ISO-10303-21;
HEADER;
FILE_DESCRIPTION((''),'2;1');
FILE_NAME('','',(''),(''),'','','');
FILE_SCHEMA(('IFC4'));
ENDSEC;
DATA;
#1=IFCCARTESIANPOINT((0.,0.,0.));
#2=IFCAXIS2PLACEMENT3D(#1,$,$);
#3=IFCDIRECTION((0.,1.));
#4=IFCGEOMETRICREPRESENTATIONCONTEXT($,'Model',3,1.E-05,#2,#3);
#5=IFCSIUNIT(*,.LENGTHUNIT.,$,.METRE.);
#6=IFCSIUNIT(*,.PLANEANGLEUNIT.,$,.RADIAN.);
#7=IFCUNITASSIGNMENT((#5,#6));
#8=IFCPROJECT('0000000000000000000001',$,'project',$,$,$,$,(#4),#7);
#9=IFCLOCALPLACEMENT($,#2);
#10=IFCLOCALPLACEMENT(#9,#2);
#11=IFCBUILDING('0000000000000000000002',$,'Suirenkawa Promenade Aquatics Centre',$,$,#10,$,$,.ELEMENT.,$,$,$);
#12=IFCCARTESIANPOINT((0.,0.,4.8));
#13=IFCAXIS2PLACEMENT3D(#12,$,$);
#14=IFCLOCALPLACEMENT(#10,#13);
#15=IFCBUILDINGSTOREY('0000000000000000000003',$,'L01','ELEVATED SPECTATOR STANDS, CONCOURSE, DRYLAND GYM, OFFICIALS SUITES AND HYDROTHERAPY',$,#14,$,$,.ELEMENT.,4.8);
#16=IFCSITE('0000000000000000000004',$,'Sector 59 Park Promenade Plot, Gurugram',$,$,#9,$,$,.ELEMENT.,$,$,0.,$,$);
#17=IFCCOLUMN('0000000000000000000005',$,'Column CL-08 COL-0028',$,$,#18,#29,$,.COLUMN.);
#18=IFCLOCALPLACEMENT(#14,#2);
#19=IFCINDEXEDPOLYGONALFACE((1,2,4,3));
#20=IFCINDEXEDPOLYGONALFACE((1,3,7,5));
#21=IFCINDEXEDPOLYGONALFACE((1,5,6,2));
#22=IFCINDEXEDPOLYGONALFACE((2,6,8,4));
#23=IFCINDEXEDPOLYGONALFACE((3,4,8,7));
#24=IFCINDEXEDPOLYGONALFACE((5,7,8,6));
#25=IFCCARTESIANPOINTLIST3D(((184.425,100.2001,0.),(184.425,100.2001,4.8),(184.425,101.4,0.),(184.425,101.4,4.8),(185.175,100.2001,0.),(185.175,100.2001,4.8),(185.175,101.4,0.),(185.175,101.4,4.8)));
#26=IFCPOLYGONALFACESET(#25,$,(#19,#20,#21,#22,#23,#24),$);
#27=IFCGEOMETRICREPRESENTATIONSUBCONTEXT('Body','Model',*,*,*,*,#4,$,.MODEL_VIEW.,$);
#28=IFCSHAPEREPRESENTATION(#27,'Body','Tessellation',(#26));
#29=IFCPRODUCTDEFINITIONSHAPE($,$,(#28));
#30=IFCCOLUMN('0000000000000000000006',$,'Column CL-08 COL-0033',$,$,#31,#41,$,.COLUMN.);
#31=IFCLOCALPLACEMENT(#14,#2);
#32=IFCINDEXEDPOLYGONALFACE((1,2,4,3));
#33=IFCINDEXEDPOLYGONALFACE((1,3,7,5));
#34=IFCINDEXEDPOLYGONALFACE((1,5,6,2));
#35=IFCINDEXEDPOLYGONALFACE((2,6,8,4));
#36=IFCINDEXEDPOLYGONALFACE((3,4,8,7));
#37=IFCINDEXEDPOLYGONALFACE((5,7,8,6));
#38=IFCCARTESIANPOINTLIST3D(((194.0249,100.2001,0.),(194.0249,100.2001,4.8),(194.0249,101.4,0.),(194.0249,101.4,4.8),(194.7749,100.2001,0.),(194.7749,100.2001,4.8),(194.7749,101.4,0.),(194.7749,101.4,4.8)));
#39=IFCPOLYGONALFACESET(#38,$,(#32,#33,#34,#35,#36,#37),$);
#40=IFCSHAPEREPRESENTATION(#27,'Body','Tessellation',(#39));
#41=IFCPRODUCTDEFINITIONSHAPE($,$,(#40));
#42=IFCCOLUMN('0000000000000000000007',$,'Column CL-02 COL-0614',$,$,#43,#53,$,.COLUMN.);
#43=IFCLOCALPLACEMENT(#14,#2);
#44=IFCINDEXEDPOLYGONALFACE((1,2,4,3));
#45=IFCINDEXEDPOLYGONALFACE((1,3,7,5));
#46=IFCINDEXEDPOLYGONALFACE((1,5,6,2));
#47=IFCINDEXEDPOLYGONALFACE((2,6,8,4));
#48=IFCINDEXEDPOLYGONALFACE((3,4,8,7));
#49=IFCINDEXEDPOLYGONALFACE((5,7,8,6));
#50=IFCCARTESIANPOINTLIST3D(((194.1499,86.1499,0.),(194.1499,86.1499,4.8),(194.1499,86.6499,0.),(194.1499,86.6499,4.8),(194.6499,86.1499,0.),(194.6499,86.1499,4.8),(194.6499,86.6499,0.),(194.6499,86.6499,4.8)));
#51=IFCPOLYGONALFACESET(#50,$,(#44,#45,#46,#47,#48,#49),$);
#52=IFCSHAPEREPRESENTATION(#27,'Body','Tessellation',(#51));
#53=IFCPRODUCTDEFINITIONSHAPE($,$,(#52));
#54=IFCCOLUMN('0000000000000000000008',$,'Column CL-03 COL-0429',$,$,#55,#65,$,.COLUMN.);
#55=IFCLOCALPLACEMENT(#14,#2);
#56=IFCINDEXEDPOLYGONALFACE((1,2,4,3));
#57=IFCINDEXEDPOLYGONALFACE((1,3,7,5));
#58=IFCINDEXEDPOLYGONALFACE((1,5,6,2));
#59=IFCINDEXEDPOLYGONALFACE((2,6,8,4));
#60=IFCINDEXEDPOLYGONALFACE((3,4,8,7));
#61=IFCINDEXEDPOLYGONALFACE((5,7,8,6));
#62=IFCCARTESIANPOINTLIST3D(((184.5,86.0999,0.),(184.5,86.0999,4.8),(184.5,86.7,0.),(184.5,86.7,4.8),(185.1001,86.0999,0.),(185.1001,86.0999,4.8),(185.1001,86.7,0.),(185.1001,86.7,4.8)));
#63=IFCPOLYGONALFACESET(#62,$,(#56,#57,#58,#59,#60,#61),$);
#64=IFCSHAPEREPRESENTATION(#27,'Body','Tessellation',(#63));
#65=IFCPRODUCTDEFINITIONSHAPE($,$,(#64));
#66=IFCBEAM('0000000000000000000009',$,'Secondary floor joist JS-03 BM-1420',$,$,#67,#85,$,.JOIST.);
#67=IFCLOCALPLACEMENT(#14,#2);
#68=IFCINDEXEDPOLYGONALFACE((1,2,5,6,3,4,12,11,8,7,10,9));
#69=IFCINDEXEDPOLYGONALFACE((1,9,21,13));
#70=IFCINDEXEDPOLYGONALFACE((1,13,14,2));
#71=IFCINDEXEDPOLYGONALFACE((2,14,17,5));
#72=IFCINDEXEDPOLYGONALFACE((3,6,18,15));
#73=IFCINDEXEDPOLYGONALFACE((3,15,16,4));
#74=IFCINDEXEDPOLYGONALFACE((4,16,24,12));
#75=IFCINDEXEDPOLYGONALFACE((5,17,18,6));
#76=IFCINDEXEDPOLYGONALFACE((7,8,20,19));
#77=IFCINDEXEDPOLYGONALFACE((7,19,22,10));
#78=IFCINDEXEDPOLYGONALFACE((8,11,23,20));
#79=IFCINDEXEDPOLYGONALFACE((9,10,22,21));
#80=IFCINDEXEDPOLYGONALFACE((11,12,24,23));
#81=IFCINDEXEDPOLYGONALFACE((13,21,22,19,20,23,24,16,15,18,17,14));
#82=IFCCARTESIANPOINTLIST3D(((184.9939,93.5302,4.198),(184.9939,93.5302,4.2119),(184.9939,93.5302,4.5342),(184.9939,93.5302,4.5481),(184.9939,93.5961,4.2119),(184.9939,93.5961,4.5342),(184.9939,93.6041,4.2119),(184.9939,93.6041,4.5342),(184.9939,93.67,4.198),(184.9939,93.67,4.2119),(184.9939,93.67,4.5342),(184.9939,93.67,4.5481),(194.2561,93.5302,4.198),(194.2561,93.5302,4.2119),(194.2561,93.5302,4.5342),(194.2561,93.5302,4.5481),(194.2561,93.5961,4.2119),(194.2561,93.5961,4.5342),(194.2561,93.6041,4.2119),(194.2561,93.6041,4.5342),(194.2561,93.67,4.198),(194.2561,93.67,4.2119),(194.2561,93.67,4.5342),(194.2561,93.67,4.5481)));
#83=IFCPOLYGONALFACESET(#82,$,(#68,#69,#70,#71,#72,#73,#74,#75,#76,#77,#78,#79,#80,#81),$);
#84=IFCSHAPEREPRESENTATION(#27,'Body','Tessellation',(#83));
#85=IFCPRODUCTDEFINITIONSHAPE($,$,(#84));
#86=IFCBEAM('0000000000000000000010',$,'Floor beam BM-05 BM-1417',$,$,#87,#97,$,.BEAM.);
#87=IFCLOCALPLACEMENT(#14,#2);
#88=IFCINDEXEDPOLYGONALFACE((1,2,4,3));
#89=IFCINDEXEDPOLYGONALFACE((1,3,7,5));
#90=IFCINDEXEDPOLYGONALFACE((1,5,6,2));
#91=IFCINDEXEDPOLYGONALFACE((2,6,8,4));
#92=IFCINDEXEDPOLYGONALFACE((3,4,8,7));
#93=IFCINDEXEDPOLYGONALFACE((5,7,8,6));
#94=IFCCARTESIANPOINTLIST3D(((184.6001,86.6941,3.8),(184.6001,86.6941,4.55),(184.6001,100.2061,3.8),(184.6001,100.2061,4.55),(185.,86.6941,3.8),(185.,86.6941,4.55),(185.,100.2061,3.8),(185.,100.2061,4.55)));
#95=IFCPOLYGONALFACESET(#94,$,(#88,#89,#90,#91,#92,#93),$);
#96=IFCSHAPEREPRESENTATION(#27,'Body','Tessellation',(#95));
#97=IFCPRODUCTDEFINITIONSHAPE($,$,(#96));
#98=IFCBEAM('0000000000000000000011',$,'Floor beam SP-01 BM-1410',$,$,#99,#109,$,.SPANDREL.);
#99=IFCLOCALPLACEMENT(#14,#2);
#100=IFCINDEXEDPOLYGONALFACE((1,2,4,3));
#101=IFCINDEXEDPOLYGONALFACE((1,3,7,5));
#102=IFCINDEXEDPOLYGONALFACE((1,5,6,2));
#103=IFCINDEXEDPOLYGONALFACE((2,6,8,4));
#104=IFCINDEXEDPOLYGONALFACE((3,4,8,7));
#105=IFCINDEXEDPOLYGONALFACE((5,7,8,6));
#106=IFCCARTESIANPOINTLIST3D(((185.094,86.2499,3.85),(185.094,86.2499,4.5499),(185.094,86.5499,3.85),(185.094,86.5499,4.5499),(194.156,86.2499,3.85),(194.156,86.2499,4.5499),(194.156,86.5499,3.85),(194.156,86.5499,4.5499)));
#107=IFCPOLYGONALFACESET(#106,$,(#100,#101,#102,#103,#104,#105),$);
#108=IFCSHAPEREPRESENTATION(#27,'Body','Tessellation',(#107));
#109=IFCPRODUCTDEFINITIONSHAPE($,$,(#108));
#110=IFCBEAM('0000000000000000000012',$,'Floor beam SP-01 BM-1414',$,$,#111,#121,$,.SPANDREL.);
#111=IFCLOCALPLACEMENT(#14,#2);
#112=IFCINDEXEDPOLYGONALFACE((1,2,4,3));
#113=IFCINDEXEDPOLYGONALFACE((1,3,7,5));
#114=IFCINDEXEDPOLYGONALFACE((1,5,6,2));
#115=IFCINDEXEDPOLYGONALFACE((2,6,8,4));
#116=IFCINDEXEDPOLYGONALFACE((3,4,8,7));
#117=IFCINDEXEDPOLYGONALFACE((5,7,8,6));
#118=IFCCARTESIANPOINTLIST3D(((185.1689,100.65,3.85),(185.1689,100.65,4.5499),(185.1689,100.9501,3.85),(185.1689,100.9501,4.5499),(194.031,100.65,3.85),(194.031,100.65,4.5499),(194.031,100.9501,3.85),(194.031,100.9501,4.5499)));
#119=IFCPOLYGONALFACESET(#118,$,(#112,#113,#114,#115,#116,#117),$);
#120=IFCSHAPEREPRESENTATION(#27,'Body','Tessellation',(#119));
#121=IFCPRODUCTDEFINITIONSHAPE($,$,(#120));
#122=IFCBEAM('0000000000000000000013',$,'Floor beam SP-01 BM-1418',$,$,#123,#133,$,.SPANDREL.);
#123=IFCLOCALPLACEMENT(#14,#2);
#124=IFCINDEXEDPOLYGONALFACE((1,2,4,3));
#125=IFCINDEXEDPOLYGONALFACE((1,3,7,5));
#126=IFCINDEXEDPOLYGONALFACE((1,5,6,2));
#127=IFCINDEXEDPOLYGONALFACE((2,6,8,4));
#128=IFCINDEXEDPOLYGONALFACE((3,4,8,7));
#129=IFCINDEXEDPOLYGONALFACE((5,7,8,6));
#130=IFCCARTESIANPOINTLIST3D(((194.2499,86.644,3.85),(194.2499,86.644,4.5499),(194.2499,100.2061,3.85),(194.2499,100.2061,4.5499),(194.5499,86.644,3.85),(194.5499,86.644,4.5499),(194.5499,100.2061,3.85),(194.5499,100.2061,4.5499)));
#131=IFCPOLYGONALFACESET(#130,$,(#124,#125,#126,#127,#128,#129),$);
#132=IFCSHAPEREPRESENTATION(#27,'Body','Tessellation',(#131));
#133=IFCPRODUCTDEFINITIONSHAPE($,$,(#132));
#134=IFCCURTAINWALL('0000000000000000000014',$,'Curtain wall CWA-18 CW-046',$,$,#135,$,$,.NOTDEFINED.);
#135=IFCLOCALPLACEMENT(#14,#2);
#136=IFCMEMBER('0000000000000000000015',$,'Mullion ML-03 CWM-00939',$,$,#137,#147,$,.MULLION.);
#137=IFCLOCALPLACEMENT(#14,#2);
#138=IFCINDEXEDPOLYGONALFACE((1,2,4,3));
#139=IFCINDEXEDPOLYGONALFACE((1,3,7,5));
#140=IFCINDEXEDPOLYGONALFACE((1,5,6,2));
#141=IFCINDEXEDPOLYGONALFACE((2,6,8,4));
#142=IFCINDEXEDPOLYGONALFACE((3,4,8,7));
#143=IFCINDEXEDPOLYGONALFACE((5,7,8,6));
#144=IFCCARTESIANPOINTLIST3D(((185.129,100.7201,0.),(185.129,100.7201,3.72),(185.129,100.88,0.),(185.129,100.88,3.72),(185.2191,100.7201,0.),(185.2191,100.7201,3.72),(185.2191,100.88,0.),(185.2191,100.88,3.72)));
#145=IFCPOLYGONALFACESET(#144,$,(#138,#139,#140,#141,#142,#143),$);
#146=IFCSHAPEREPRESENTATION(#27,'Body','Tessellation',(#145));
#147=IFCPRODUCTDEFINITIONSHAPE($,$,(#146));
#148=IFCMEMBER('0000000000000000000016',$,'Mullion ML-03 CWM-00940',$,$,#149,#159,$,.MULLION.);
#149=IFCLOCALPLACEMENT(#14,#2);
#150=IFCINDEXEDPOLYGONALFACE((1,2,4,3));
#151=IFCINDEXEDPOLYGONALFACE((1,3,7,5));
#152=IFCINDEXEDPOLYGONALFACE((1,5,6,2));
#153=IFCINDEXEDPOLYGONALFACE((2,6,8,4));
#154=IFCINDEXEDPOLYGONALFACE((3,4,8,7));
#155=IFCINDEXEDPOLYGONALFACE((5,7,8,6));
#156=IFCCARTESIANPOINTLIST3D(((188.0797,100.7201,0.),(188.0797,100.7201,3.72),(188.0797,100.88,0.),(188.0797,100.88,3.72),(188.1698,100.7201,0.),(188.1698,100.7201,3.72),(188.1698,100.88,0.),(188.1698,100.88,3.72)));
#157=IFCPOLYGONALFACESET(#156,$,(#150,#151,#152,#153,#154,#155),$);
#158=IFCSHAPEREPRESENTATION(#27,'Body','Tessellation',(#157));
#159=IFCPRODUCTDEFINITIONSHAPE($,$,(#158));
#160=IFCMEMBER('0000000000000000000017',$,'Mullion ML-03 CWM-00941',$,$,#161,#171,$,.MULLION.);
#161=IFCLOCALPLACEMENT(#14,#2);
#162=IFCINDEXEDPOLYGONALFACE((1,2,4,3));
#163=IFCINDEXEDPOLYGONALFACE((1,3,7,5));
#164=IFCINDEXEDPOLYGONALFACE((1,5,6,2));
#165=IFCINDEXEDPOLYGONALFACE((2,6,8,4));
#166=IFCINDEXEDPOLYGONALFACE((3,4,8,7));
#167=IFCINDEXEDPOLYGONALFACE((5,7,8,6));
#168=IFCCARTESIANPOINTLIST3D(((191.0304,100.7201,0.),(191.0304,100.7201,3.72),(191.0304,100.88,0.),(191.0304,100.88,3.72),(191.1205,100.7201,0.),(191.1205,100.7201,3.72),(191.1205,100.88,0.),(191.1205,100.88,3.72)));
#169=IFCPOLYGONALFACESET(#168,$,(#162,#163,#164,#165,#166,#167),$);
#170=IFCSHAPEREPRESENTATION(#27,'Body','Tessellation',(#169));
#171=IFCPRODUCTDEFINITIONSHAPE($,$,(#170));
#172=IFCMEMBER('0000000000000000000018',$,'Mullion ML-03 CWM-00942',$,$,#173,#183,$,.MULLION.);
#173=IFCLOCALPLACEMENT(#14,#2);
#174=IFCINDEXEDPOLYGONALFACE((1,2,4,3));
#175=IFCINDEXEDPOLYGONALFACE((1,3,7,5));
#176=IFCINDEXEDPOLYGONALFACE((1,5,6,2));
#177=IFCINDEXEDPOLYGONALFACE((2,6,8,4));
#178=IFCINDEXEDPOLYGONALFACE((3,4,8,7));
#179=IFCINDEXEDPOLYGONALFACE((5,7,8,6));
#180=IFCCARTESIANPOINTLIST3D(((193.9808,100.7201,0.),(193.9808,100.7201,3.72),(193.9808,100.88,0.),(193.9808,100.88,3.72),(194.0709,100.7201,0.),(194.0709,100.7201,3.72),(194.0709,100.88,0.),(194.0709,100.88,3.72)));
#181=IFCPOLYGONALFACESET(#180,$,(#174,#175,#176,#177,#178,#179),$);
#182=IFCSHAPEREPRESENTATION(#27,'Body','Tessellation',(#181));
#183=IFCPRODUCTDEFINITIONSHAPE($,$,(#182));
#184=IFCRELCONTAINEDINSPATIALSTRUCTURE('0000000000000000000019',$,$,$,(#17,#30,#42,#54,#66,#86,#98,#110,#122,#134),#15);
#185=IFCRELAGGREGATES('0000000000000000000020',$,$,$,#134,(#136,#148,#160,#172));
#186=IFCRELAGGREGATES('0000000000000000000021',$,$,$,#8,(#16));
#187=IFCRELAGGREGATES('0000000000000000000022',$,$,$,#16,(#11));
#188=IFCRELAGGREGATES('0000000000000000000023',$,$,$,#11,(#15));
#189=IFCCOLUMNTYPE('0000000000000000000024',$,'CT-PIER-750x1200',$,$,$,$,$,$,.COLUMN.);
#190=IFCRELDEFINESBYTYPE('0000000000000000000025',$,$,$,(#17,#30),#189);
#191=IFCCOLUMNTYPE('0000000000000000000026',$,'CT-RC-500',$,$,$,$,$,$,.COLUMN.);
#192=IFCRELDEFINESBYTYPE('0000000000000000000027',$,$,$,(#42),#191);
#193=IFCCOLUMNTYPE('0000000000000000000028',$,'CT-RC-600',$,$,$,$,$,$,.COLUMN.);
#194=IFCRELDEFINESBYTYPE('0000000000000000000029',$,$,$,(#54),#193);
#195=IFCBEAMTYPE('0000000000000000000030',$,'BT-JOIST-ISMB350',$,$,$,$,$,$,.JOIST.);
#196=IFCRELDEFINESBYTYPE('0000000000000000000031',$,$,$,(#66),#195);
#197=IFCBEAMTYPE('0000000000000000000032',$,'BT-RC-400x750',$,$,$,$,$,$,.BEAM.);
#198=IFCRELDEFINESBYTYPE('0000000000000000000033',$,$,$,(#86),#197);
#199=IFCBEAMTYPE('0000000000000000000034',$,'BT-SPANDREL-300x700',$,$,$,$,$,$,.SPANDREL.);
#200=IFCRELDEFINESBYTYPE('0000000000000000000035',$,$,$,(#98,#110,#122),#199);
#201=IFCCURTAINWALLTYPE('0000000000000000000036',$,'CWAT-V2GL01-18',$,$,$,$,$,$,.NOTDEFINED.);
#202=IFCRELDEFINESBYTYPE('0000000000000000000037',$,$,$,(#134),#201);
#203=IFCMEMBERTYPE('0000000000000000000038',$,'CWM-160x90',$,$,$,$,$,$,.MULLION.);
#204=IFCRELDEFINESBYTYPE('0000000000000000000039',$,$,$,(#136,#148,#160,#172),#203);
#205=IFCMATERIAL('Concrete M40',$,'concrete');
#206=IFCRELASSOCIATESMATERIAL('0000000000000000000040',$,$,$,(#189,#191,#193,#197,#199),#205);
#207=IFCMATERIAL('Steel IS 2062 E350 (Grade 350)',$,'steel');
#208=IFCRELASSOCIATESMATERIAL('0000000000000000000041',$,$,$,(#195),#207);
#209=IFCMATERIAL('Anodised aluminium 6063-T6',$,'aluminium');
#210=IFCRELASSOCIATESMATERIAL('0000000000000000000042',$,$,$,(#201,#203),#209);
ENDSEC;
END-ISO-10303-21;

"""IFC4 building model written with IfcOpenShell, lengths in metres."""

from ifc_helpers import new_model, si_unit, direction, frame, origin, origin_2d, place, context, subcontext, project, spatial, rectangle, i_section, extrude, material, material_profile, profile_set, type_object, element, aggregate, save


model = new_model("IFC4")

# Units and contexts
model_context = context("Model", 3, precision=1e-05, world=origin(), true_north=direction((0.0, 1.0)))
body_context = subcontext(model_context, "Body", "Model", "MODEL_VIEW")
ifc_project = project(units=[si_unit("LENGTHUNIT", "METRE"), si_unit("PLANEANGLEUNIT", "RADIAN")], contexts=[model_context])

# Site, building, storey
site_placement = place(None, origin())
site = spatial("IfcSite", under=ifc_project, at=site_placement, Name="Sector 59 Park Promenade Plot, Gurugram", CompositionType="ELEMENT", RefElevation=0.0)
building_placement = place(site_placement, origin())
building = spatial("IfcBuilding", under=site, at=building_placement, Name="Suirenkawa Promenade Aquatics Centre", CompositionType="ELEMENT")
storey_placement = place(building_placement, frame((0.0, 0.0, 4.8)))
storey = spatial("IfcBuildingStorey", under=building, at=storey_placement, Name="L01", Description="ELEVATED SPECTATOR STANDS, CONCOURSE, DRYLAND GYM, OFFICIALS SUITES AND HYDROTHERAPY", CompositionType="ELEMENT", Elevation=4.8)

# Columns
ifc_material_1 = material(Name="Concrete M40", Category="concrete")
ifc_material_profile_1 = material_profile(ifc_material_1, rectangle(XDim=0.75, YDim=1.2, at=origin_2d()), Name="RC PIER 750x1200", Category="concrete")
ifc_profile_set_1 = profile_set([ifc_material_profile_1], Name="Concrete M40")
column_type_1 = type_object("IfcColumnType", Name="CT-PIER-750x1200", PredefinedType="COLUMN", material=ifc_profile_set_1)
for number, where, z_axis, x_axis, name in (
    (1, (184.8, 100.8, 0.0), (0.0, 0.0, 1.0), (1.0, 0.0, 0.0), "Column CL-08 COL-0028"),
    (2, (194.3999, 100.8, 0.0), (0.0, 0.0, 1.0), (1.0, 0.0, 0.0), "Column CL-08 COL-0033"),
):
    element("IfcColumn", number, at=place(storey_placement, frame(where, z_axis=z_axis, x_axis=x_axis)), inside=storey, type_object=column_type_1, Name=name, PredefinedType="COLUMN", context=body_context, shape_type="SweptSolid", body=[
        extrude(rectangle(XDim=0.75, YDim=1.2, at=origin_2d()), origin(), (0.0, 0.0, 1.0), 4.8),
    ])
ifc_material_profile_2 = material_profile(ifc_material_1, rectangle(XDim=0.5, YDim=0.5, at=origin_2d()), Name="RC COL 500x500", Category="concrete")
ifc_profile_set_2 = profile_set([ifc_material_profile_2], Name="Concrete M40")
column_type_2 = type_object("IfcColumnType", Name="CT-RC-500", PredefinedType="COLUMN", material=ifc_profile_set_2)
column_1_placement = place(storey_placement, frame((194.3999, 86.3999, 0.0), z_axis=(0.0, 0.0, 1.0), x_axis=(1.0, 0.0, 0.0)))
element("IfcColumn", 3, at=column_1_placement, inside=storey, type_object=column_type_2, Name="Column CL-02 COL-0614", PredefinedType="COLUMN", context=body_context, shape_type="SweptSolid", body=[
    extrude(rectangle(XDim=0.5, YDim=0.5, at=origin_2d()), origin(), (0.0, 0.0, 1.0), 4.8),
])
ifc_material_profile_3 = material_profile(ifc_material_1, rectangle(XDim=0.6001, YDim=0.6001, at=origin_2d()), Name="RC COL 600x600", Category="concrete")
ifc_profile_set_3 = profile_set([ifc_material_profile_3], Name="Concrete M40")
column_type_3 = type_object("IfcColumnType", Name="CT-RC-600", PredefinedType="COLUMN", material=ifc_profile_set_3)
column_2_placement = place(storey_placement, frame((184.8, 86.3999, 0.0), z_axis=(0.0, 0.0, 1.0), x_axis=(1.0, 0.0, 0.0)))
element("IfcColumn", 4, at=column_2_placement, inside=storey, type_object=column_type_3, Name="Column CL-03 COL-0429", PredefinedType="COLUMN", context=body_context, shape_type="SweptSolid", body=[
    extrude(rectangle(XDim=0.6001, YDim=0.6001, at=origin_2d()), origin(), (0.0, 0.0, 1.0), 4.8),
])

# Beams
ifc_material_2 = material(Name="Steel IS 2062 E350 (Grade 350)", Category="steel")
ifc_material_profile_4 = material_profile(ifc_material_2, i_section(OverallWidth=0.1399, OverallDepth=0.3501, WebThickness=0.0081, FlangeThickness=0.0139, at=origin_2d()), Name="ISMB 350", Category="steel")
ifc_profile_set_4 = profile_set([ifc_material_profile_4], Name="Steel IS 2062 E350 (Grade 350)")
beam_type_1 = type_object("IfcBeamType", Name="BT-JOIST-ISMB350", PredefinedType="JOIST", material=ifc_profile_set_4)
beam_1_placement = place(storey_placement, frame((184.9939, 93.6001, 4.373), z_axis=(1.0, 0.0, 0.0), x_axis=(0.0, 1.0, 0.0)))
element("IfcBeam", 5, at=beam_1_placement, inside=storey, type_object=beam_type_1, Name="Secondary floor joist JS-03 BM-1420", PredefinedType="JOIST", context=body_context, shape_type="SweptSolid", body=[
    extrude(i_section(OverallWidth=0.1399, OverallDepth=0.3501, WebThickness=0.0081, FlangeThickness=0.0139, at=origin_2d()), origin(), (0.0, 0.0, 1.0), 9.2622),
])
ifc_material_profile_5 = material_profile(ifc_material_1, rectangle(XDim=0.3999, YDim=0.75, at=origin_2d()), Name="RC BM 400x750", Category="concrete")
ifc_profile_set_5 = profile_set([ifc_material_profile_5], Name="Concrete M40")
beam_type_2 = type_object("IfcBeamType", Name="BT-RC-400x750", PredefinedType="BEAM", material=ifc_profile_set_5)
beam_2_placement = place(storey_placement, frame((184.8, 86.6941, 4.175), z_axis=(0.0, 1.0, 0.0), x_axis=(-1.0, 0.0, 0.0)))
element("IfcBeam", 6, at=beam_2_placement, inside=storey, type_object=beam_type_2, Name="Floor beam BM-05 BM-1417", PredefinedType="BEAM", context=body_context, shape_type="SweptSolid", body=[
    extrude(rectangle(XDim=0.3999, YDim=0.75, at=origin_2d()), origin(), (0.0, 0.0, 1.0), 13.512),
])
ifc_material_profile_6 = material_profile(ifc_material_1, rectangle(XDim=0.3, YDim=0.7, at=origin_2d()), Name="RC SPANDREL 300x700", Category="concrete")
ifc_profile_set_6 = profile_set([ifc_material_profile_6], Name="Concrete M40")
beam_type_3 = type_object("IfcBeamType", Name="BT-SPANDREL-300x700", PredefinedType="SPANDREL", material=ifc_profile_set_6)
beam_3_placement = place(storey_placement, frame((185.094, 86.3999, 4.2), z_axis=(1.0, 0.0, 0.0), x_axis=(0.0, 1.0, 0.0)))
element("IfcBeam", 7, at=beam_3_placement, inside=storey, type_object=beam_type_3, Name="Floor beam SP-01 BM-1410", PredefinedType="SPANDREL", context=body_context, shape_type="SweptSolid", body=[
    extrude(rectangle(XDim=0.3, YDim=0.7, at=origin_2d()), origin(), (0.0, 0.0, 1.0), 9.062),
])
beam_4_placement = place(storey_placement, frame((185.1689, 100.8, 4.2), z_axis=(1.0, 0.0, 0.0), x_axis=(0.0, 1.0, 0.0)))
element("IfcBeam", 8, at=beam_4_placement, inside=storey, type_object=beam_type_3, Name="Floor beam SP-01 BM-1414", PredefinedType="SPANDREL", context=body_context, shape_type="SweptSolid", body=[
    extrude(rectangle(XDim=0.3, YDim=0.7, at=origin_2d()), origin(), (0.0, 0.0, 1.0), 8.8621),
])
beam_5_placement = place(storey_placement, frame((194.3999, 86.644, 4.2), z_axis=(0.0, 1.0, 0.0), x_axis=(-1.0, 0.0, 0.0)))
element("IfcBeam", 9, at=beam_5_placement, inside=storey, type_object=beam_type_3, Name="Floor beam SP-01 BM-1418", PredefinedType="SPANDREL", context=body_context, shape_type="SweptSolid", body=[
    extrude(rectangle(XDim=0.3, YDim=0.7, at=origin_2d()), origin(), (0.0, 0.0, 1.0), 13.562),
])

# Curtain wall, members
ifc_material_3 = material(Name="Anodised aluminium 6063-T6", Category="aluminium")
curtain_wall_type_1 = type_object("IfcCurtainWallType", Name="CWAT-V2GL01-18", PredefinedType="NOTDEFINED", material=ifc_material_3)
curtain_wall_1_placement = place(storey_placement, origin())
curtain_wall_1 = element("IfcCurtainWall", 10, at=curtain_wall_1_placement, inside=storey, type_object=curtain_wall_type_1, Name="Curtain wall CWA-18 CW-046", PredefinedType="NOTDEFINED")
ifc_material_profile_7 = material_profile(ifc_material_3, rectangle(XDim=0.0901, YDim=0.1599, at=origin_2d()), Name="ALU MULL 90x160", Category="aluminium")
ifc_profile_set_7 = profile_set([ifc_material_profile_7], Name="Anodised aluminium 6063-T6")
member_type_1 = type_object("IfcMemberType", Name="CWM-160x90", PredefinedType="MULLION", material=ifc_profile_set_7)
member_1_placement = place(storey_placement, frame((185.1741, 100.8, 0.0), z_axis=(0.0, 0.0, 1.0), x_axis=(1.0, 0.0, 0.0)))
member_1 = element("IfcMember", 11, at=member_1_placement, type_object=member_type_1, Name="Mullion ML-03 CWM-00939", PredefinedType="MULLION", context=body_context, shape_type="SweptSolid", body=[
    extrude(rectangle(XDim=0.0901, YDim=0.1599, at=origin_2d()), origin(), (0.0, 0.0, 1.0), 3.72),
])
member_2_placement = place(storey_placement, frame((188.1248, 100.8, 0.0), z_axis=(0.0, 0.0, 1.0), x_axis=(1.0, 0.0, 0.0)))
member_2 = element("IfcMember", 12, at=member_2_placement, type_object=member_type_1, Name="Mullion ML-03 CWM-00940", PredefinedType="MULLION", context=body_context, shape_type="SweptSolid", body=[
    extrude(rectangle(XDim=0.0901, YDim=0.1599, at=origin_2d()), origin(), (0.0, 0.0, 1.0), 3.72),
])
member_3_placement = place(storey_placement, frame((191.0754, 100.8, 0.0), z_axis=(0.0, 0.0, 1.0), x_axis=(1.0, 0.0, 0.0)))
member_3 = element("IfcMember", 13, at=member_3_placement, type_object=member_type_1, Name="Mullion ML-03 CWM-00941", PredefinedType="MULLION", context=body_context, shape_type="SweptSolid", body=[
    extrude(rectangle(XDim=0.0901, YDim=0.1599, at=origin_2d()), origin(), (0.0, 0.0, 1.0), 3.72),
])
member_4_placement = place(storey_placement, frame((194.0259, 100.8, 0.0), z_axis=(0.0, 0.0, 1.0), x_axis=(1.0, 0.0, 0.0)))
member_4 = element("IfcMember", 14, at=member_4_placement, type_object=member_type_1, Name="Mullion ML-03 CWM-00942", PredefinedType="MULLION", context=body_context, shape_type="SweptSolid", body=[
    extrude(rectangle(XDim=0.0901, YDim=0.1599, at=origin_2d()), origin(), (0.0, 0.0, 1.0), 3.72),
])

aggregate(curtain_wall_1, [member_1, member_2, member_3, member_4])

save(model, "model.ifc")
